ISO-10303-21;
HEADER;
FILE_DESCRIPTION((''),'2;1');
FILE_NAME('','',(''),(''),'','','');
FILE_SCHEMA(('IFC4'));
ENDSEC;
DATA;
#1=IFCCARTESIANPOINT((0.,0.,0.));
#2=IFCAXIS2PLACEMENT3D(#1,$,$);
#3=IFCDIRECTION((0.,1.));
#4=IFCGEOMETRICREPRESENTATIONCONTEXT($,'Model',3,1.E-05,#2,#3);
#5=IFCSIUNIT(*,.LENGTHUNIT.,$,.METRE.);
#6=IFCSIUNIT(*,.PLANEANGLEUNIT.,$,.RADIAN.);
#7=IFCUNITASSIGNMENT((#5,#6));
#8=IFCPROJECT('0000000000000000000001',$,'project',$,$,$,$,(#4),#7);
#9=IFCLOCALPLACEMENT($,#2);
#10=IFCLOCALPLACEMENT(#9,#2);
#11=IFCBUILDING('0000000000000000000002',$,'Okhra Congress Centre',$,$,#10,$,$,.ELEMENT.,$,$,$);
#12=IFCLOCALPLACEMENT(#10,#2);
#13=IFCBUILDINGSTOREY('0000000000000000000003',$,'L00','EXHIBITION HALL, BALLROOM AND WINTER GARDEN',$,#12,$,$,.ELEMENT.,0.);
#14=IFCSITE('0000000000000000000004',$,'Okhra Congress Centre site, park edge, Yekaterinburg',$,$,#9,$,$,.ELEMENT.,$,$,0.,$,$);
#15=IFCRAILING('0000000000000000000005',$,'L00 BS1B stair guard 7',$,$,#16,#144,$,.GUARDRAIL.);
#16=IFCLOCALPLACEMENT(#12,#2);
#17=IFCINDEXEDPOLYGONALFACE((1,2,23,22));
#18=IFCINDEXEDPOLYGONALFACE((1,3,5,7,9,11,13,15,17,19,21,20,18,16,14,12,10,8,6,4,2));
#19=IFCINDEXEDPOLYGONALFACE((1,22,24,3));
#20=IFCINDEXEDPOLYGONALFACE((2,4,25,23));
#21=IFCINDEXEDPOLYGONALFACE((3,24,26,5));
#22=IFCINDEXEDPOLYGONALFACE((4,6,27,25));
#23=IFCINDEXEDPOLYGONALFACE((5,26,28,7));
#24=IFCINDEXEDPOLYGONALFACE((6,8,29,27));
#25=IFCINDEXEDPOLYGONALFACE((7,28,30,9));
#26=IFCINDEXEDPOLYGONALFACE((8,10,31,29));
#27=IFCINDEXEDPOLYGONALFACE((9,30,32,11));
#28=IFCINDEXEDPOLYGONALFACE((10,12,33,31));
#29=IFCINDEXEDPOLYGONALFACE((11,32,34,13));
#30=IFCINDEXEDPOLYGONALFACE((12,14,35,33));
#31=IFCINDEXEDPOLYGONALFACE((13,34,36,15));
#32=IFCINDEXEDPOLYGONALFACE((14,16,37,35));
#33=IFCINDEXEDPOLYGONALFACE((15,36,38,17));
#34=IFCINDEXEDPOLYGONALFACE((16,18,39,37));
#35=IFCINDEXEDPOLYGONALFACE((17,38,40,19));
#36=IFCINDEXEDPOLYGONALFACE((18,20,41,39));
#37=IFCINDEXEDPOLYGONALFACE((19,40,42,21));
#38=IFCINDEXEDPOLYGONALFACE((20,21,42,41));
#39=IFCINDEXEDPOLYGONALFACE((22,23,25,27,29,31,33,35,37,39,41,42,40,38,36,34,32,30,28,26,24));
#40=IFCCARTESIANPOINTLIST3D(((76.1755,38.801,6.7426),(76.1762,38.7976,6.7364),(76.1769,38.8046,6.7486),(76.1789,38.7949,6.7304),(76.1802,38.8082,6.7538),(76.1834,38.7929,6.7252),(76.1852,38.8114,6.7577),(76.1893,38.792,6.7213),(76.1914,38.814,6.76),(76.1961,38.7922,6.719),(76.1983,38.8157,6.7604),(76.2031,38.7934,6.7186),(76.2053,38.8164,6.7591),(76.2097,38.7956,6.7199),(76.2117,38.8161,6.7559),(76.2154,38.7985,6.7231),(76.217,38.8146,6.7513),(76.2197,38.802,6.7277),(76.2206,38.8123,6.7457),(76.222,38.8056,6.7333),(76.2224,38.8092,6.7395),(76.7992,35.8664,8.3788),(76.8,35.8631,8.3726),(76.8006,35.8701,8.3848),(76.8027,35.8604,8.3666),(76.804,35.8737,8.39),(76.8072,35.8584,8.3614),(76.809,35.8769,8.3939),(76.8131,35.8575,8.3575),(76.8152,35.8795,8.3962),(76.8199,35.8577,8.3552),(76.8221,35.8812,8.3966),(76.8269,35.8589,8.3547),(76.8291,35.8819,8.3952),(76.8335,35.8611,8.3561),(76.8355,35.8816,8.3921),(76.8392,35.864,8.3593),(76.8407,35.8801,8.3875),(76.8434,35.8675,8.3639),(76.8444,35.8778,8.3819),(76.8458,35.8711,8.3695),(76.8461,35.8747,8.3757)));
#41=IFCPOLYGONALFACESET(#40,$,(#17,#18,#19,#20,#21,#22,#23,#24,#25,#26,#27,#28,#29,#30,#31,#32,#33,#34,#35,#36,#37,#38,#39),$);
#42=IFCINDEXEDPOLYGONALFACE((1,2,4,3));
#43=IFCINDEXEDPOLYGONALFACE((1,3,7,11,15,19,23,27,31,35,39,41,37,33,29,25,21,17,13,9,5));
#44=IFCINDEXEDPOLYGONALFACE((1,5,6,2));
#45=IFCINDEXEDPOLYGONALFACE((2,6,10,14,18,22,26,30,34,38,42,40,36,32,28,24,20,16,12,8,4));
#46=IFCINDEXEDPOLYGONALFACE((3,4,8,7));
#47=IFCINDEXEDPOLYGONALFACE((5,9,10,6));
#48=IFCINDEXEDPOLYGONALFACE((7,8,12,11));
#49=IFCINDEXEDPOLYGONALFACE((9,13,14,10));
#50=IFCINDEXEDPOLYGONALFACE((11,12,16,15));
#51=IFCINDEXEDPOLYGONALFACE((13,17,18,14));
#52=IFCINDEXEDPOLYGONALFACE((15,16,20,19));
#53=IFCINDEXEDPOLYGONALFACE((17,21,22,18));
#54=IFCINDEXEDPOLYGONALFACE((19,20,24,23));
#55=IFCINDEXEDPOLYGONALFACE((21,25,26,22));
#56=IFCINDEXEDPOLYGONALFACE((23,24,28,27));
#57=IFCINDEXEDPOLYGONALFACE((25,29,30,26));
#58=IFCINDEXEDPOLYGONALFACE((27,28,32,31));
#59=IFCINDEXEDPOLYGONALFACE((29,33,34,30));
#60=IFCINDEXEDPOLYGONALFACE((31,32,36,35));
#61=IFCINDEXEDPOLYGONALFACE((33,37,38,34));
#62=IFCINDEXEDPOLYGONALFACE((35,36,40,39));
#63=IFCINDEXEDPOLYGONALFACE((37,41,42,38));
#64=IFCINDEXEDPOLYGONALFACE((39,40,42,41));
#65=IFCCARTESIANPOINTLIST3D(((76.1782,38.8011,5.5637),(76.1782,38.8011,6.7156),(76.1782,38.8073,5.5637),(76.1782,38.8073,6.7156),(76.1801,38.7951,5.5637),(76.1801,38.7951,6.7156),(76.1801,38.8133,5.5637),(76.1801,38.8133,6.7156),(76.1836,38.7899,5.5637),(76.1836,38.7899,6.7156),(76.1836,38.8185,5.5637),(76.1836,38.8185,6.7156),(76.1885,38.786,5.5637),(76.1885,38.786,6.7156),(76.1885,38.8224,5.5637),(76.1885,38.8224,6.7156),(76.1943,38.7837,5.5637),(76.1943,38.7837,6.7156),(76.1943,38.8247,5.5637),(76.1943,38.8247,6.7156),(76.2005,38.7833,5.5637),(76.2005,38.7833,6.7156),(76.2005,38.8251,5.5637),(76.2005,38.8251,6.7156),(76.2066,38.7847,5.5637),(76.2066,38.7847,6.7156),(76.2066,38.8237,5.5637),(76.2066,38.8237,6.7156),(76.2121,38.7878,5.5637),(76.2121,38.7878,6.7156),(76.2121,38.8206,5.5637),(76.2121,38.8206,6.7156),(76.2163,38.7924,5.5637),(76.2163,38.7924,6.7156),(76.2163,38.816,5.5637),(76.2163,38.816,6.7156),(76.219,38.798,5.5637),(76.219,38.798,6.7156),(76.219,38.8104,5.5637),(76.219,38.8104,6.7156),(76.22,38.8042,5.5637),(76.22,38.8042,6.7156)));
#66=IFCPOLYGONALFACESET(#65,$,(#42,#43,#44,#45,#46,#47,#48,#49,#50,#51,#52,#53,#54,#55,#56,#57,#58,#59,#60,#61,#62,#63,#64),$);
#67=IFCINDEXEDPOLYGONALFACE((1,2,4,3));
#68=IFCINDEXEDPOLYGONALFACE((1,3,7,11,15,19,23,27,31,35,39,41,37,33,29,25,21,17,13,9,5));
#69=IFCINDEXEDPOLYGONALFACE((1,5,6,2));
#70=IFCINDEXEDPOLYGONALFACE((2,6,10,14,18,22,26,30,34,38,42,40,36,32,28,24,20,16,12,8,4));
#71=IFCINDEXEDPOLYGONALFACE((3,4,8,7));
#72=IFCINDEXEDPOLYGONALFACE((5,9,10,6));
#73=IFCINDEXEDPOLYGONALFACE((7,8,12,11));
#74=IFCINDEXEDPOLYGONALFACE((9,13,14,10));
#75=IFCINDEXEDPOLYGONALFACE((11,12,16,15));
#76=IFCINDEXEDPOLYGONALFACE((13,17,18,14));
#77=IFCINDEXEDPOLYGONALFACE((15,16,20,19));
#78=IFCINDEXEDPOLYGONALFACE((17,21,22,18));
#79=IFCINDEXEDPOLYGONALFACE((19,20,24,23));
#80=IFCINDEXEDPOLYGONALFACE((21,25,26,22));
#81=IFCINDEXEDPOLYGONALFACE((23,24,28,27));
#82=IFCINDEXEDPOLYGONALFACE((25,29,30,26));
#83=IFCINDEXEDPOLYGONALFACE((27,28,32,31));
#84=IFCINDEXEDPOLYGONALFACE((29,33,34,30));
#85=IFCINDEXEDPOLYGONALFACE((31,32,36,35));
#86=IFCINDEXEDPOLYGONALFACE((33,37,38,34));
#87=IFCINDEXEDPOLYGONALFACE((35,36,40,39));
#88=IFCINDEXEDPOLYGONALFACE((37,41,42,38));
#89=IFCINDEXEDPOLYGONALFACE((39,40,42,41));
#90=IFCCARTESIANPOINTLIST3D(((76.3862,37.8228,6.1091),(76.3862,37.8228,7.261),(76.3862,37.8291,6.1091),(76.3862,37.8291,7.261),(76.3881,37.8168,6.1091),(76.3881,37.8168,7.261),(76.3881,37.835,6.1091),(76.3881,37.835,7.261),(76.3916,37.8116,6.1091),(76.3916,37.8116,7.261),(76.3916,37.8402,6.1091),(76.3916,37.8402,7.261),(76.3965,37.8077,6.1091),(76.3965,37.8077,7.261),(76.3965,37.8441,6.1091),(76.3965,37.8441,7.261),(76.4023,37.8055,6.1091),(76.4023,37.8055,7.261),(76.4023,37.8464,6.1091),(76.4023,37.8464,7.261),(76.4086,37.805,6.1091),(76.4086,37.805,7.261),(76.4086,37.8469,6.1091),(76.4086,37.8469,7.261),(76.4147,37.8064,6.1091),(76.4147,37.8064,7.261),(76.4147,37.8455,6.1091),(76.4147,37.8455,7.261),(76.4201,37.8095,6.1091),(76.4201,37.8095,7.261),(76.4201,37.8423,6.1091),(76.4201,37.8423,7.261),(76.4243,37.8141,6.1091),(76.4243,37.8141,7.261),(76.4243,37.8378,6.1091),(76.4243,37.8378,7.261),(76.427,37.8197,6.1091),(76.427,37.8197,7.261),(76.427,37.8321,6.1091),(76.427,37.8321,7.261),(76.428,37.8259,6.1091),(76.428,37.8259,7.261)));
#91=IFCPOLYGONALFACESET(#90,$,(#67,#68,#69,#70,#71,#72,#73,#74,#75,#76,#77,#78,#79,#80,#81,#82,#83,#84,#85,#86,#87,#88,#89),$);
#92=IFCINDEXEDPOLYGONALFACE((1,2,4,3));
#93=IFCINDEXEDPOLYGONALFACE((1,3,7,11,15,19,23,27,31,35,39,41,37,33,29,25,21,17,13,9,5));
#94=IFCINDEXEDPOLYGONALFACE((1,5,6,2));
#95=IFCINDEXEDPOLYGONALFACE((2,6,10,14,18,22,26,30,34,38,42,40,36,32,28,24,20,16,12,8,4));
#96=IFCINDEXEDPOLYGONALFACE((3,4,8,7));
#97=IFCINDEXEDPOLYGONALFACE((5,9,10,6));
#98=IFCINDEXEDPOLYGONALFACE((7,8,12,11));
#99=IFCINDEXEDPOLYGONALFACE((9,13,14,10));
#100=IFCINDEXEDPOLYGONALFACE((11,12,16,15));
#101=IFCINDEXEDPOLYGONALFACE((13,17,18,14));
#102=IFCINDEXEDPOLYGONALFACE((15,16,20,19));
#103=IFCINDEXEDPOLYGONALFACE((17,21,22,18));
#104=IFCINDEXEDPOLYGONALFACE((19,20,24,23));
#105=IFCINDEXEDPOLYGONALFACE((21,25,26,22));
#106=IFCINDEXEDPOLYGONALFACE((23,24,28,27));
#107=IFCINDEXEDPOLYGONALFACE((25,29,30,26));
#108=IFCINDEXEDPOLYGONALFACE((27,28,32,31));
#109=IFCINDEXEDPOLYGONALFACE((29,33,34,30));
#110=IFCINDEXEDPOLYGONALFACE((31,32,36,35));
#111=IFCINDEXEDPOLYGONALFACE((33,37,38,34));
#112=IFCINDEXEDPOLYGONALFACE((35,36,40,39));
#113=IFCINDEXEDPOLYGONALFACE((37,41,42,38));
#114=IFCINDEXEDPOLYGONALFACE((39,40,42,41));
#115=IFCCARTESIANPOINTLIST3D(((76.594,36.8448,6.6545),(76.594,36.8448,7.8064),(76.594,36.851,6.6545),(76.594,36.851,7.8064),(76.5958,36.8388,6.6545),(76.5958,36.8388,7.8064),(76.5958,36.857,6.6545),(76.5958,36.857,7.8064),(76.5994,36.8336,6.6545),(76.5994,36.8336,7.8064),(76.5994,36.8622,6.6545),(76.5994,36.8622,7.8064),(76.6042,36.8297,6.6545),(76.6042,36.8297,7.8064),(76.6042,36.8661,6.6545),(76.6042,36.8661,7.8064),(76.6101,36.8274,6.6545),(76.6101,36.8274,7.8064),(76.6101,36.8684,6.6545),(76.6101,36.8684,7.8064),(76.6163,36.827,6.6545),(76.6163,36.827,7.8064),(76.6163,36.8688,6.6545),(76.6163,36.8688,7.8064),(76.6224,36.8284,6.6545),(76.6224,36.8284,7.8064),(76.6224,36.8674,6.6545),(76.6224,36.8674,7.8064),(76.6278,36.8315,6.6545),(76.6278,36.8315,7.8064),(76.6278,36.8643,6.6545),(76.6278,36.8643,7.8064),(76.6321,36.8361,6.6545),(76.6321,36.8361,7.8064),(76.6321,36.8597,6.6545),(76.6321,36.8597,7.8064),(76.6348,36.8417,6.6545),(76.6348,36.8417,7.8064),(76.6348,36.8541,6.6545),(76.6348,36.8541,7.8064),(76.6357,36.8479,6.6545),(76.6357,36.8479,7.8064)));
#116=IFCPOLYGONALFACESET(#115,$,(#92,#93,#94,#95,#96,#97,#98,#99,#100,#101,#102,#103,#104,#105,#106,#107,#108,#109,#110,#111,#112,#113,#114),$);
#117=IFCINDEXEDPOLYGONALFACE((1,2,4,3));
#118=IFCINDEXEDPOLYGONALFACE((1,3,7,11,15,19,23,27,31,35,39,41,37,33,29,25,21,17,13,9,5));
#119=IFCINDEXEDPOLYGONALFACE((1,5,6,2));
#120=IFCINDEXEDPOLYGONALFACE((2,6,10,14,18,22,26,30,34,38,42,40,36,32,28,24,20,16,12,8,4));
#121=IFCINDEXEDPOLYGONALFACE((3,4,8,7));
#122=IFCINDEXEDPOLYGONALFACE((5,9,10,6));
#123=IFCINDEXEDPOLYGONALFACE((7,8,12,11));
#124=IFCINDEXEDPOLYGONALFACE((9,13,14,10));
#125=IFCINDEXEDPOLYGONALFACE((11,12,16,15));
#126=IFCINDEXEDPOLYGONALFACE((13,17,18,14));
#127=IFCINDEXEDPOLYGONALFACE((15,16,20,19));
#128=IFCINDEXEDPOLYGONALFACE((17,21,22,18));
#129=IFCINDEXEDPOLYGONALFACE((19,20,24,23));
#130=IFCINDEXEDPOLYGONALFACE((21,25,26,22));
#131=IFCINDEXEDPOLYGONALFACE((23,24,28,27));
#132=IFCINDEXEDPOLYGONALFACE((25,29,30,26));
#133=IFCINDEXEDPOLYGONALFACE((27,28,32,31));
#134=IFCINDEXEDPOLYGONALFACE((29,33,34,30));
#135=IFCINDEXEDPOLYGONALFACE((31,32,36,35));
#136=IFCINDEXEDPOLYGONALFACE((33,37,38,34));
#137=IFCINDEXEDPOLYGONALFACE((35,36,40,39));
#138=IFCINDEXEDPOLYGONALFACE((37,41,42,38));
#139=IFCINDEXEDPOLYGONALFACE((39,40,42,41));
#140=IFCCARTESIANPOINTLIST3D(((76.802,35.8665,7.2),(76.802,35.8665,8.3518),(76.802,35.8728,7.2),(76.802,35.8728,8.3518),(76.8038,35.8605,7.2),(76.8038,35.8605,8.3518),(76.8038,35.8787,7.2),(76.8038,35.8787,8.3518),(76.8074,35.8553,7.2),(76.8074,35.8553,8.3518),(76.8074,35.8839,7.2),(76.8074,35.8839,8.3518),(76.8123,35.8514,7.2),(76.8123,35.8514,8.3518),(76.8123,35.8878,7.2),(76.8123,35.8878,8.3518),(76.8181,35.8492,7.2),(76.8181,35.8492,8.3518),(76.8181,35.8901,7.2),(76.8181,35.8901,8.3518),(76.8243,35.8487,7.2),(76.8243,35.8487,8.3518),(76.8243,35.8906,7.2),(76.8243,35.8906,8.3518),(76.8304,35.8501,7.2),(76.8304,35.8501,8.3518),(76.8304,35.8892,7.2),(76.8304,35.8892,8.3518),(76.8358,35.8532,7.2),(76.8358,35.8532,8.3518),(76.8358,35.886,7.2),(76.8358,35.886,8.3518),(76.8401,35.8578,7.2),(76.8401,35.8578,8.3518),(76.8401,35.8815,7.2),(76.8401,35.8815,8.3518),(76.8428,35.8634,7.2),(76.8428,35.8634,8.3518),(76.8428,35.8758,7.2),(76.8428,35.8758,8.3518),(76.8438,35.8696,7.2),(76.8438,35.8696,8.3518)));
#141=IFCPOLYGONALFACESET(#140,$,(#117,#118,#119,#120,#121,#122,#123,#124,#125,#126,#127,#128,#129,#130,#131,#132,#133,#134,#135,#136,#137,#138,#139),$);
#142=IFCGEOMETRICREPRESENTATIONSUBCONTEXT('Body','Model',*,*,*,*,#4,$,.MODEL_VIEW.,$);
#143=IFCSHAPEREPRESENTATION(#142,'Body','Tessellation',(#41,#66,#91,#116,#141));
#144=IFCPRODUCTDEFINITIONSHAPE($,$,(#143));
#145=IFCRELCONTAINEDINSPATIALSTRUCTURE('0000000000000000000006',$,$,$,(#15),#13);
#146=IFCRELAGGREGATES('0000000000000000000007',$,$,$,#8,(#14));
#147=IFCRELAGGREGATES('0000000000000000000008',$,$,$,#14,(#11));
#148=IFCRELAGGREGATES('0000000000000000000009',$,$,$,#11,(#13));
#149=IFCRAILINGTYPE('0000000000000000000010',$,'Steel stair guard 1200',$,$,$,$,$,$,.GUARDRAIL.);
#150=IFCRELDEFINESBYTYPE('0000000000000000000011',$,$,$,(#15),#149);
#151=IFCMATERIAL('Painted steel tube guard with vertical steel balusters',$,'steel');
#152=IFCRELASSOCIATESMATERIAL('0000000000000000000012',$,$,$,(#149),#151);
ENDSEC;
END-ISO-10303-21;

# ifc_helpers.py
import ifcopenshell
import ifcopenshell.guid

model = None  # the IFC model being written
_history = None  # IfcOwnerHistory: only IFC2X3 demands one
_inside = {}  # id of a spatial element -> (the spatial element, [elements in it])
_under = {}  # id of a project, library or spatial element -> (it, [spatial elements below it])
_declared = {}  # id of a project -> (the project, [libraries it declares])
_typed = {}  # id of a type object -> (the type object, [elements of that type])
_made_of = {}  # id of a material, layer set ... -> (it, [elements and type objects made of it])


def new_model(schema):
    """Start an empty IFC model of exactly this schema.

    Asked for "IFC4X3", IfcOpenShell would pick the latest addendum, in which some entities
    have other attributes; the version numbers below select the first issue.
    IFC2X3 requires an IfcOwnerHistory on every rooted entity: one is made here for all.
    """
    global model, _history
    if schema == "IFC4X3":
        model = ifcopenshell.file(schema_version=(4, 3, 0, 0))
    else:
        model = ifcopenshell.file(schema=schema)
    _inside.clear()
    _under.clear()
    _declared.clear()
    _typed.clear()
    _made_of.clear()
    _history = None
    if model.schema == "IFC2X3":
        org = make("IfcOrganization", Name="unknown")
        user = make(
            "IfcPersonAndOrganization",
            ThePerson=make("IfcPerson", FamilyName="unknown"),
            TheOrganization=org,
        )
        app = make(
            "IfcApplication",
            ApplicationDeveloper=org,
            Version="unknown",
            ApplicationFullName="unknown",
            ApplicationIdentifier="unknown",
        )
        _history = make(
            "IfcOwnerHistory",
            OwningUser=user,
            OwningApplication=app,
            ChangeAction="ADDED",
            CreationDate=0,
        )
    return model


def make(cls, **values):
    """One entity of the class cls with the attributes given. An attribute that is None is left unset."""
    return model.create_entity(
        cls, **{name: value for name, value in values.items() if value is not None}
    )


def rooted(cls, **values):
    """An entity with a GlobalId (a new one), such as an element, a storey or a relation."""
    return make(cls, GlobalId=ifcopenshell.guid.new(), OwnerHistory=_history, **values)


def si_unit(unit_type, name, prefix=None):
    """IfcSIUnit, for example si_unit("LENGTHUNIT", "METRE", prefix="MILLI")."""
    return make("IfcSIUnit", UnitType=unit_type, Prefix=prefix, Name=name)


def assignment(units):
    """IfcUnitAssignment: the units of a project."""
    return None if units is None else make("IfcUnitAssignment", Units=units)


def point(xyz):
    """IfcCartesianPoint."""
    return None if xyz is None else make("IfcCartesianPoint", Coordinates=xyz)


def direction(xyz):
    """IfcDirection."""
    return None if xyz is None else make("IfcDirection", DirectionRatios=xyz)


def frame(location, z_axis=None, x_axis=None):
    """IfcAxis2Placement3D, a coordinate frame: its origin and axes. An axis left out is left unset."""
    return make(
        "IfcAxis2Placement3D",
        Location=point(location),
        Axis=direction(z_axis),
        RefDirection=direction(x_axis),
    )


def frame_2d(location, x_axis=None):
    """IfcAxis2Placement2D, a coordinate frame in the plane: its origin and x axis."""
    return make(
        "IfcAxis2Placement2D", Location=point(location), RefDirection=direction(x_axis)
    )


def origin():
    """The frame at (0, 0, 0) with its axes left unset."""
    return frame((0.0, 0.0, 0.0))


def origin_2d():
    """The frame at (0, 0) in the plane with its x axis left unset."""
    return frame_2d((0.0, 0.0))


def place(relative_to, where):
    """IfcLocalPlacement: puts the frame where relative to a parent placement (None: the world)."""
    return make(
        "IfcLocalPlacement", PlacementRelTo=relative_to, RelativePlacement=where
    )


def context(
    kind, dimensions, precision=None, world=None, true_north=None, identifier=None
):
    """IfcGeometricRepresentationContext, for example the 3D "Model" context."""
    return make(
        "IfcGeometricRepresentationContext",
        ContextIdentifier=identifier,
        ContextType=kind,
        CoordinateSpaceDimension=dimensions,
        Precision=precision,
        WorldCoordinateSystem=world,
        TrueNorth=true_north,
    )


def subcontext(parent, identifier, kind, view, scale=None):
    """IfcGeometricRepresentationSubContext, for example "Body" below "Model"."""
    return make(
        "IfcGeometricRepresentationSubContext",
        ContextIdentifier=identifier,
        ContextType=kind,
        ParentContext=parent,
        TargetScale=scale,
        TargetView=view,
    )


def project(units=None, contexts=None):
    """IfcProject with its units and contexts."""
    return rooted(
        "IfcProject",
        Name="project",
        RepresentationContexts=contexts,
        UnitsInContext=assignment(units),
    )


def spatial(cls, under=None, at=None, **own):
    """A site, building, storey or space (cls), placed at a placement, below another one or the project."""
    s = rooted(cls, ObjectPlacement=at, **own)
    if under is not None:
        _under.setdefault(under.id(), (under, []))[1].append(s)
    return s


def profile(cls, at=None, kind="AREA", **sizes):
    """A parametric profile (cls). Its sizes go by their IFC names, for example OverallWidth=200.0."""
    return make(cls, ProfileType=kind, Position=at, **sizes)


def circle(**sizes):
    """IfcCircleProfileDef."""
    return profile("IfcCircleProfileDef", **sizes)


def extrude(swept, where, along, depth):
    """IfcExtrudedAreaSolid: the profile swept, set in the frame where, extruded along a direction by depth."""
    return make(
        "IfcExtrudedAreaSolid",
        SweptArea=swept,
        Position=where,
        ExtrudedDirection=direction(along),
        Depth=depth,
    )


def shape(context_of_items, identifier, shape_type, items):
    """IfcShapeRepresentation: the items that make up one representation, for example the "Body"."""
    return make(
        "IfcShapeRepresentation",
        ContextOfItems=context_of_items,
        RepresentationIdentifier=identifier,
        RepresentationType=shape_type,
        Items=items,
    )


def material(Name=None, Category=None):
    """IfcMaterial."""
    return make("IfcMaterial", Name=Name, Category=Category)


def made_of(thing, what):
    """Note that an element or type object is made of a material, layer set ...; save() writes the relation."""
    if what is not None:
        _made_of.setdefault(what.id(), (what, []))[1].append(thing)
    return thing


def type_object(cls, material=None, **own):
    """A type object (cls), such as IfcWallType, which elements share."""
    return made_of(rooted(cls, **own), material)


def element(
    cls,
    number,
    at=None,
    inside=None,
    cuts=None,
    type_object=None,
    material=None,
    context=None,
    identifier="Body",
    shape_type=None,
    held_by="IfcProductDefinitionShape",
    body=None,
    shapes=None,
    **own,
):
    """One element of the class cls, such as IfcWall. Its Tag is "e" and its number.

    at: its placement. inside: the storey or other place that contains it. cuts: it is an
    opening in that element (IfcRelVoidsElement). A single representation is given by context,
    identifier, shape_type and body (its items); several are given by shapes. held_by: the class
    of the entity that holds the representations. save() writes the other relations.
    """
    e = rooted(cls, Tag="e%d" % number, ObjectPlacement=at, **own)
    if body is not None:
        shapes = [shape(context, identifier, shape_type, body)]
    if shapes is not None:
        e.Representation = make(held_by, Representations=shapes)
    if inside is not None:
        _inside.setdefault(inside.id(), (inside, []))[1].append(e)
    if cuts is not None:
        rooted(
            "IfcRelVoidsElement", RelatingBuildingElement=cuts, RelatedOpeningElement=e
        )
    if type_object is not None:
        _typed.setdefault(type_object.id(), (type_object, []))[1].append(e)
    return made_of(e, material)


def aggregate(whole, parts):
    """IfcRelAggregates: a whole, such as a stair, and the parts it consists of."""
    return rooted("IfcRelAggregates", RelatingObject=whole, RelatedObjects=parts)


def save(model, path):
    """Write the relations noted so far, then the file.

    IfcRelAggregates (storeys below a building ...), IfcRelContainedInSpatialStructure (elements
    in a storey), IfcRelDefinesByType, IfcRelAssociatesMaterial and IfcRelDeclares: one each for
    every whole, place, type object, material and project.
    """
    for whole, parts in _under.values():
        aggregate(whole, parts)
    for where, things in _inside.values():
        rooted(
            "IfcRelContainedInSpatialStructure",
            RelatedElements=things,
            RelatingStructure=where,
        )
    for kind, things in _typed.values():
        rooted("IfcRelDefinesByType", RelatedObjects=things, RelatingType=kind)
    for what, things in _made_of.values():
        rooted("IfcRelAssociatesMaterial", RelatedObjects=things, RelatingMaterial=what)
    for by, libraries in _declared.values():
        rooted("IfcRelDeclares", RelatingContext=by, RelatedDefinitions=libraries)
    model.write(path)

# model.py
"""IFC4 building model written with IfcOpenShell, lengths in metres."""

from ifc_helpers import new_model, si_unit, direction, frame, origin, origin_2d, place, context, subcontext, project, spatial, circle, extrude, material, type_object, element, save


model = new_model("IFC4")

# Units and contexts
model_context = context("Model", 3, precision=1e-05, world=origin(), true_north=direction((0.0, 1.0)))
body_context = subcontext(model_context, "Body", "Model", "MODEL_VIEW")
ifc_project = project(units=[si_unit("LENGTHUNIT", "METRE"), si_unit("PLANEANGLEUNIT", "RADIAN")], contexts=[model_context])

# Site, building, storey
site_placement = place(None, origin())
site = spatial("IfcSite", under=ifc_project, at=site_placement, Name="Okhra Congress Centre site, park edge, Yekaterinburg", CompositionType="ELEMENT", RefElevation=0.0)
building_placement = place(site_placement, origin())
building = spatial("IfcBuilding", under=site, at=building_placement, Name="Okhra Congress Centre", CompositionType="ELEMENT")
storey_placement = place(building_placement, origin())
storey = spatial("IfcBuildingStorey", under=building, at=storey_placement, Name="L00", Description="EXHIBITION HALL, BALLROOM AND WINTER GARDEN", CompositionType="ELEMENT", Elevation=0.0)

# Railing
ifc_material_1 = material(Name="Painted steel tube guard with vertical steel balusters", Category="steel")
railing_type_1 = type_object("IfcRailingType", Name="Steel stair guard 1200", PredefinedType="GUARDRAIL", material=ifc_material_1)
railing_1_placement = place(storey_placement, frame((76.199, 38.8042, 5.5637)))
element("IfcRailing", 1, at=railing_1_placement, inside=storey, type_object=railing_type_1, Name="L00 BS1B stair guard 7", PredefinedType="GUARDRAIL", context=body_context, shape_type="SweptSolid", body=[
    extrude(circle(Radius=0.0239, at=origin_2d()), frame((0.0, 0.0, 1.1758), z_axis=(0.182535, -0.858735, 0.478806), x_axis=(0.978146, 0.207917, 0.0)), (0.0, 0.0, 1.0), 3.4172),
    extrude(circle(Radius=0.021, at=origin_2d()), origin(), (0.0, 0.0, 1.0), 1.1519),
    extrude(circle(Radius=0.021, at=origin_2d()), frame((0.208, -0.9783, 0.5454)), (0.0, 0.0, 1.0), 1.1519),
    extrude(circle(Radius=0.021, at=origin_2d()), frame((0.4158, -1.9563, 1.0908)), (0.0, 0.0, 1.0), 1.1519),
    extrude(circle(Radius=0.021, at=origin_2d()), frame((0.6238, -2.9346, 1.6362)), (0.0, 0.0, 1.0), 1.1519),
])

save(model, "model.ifc")
